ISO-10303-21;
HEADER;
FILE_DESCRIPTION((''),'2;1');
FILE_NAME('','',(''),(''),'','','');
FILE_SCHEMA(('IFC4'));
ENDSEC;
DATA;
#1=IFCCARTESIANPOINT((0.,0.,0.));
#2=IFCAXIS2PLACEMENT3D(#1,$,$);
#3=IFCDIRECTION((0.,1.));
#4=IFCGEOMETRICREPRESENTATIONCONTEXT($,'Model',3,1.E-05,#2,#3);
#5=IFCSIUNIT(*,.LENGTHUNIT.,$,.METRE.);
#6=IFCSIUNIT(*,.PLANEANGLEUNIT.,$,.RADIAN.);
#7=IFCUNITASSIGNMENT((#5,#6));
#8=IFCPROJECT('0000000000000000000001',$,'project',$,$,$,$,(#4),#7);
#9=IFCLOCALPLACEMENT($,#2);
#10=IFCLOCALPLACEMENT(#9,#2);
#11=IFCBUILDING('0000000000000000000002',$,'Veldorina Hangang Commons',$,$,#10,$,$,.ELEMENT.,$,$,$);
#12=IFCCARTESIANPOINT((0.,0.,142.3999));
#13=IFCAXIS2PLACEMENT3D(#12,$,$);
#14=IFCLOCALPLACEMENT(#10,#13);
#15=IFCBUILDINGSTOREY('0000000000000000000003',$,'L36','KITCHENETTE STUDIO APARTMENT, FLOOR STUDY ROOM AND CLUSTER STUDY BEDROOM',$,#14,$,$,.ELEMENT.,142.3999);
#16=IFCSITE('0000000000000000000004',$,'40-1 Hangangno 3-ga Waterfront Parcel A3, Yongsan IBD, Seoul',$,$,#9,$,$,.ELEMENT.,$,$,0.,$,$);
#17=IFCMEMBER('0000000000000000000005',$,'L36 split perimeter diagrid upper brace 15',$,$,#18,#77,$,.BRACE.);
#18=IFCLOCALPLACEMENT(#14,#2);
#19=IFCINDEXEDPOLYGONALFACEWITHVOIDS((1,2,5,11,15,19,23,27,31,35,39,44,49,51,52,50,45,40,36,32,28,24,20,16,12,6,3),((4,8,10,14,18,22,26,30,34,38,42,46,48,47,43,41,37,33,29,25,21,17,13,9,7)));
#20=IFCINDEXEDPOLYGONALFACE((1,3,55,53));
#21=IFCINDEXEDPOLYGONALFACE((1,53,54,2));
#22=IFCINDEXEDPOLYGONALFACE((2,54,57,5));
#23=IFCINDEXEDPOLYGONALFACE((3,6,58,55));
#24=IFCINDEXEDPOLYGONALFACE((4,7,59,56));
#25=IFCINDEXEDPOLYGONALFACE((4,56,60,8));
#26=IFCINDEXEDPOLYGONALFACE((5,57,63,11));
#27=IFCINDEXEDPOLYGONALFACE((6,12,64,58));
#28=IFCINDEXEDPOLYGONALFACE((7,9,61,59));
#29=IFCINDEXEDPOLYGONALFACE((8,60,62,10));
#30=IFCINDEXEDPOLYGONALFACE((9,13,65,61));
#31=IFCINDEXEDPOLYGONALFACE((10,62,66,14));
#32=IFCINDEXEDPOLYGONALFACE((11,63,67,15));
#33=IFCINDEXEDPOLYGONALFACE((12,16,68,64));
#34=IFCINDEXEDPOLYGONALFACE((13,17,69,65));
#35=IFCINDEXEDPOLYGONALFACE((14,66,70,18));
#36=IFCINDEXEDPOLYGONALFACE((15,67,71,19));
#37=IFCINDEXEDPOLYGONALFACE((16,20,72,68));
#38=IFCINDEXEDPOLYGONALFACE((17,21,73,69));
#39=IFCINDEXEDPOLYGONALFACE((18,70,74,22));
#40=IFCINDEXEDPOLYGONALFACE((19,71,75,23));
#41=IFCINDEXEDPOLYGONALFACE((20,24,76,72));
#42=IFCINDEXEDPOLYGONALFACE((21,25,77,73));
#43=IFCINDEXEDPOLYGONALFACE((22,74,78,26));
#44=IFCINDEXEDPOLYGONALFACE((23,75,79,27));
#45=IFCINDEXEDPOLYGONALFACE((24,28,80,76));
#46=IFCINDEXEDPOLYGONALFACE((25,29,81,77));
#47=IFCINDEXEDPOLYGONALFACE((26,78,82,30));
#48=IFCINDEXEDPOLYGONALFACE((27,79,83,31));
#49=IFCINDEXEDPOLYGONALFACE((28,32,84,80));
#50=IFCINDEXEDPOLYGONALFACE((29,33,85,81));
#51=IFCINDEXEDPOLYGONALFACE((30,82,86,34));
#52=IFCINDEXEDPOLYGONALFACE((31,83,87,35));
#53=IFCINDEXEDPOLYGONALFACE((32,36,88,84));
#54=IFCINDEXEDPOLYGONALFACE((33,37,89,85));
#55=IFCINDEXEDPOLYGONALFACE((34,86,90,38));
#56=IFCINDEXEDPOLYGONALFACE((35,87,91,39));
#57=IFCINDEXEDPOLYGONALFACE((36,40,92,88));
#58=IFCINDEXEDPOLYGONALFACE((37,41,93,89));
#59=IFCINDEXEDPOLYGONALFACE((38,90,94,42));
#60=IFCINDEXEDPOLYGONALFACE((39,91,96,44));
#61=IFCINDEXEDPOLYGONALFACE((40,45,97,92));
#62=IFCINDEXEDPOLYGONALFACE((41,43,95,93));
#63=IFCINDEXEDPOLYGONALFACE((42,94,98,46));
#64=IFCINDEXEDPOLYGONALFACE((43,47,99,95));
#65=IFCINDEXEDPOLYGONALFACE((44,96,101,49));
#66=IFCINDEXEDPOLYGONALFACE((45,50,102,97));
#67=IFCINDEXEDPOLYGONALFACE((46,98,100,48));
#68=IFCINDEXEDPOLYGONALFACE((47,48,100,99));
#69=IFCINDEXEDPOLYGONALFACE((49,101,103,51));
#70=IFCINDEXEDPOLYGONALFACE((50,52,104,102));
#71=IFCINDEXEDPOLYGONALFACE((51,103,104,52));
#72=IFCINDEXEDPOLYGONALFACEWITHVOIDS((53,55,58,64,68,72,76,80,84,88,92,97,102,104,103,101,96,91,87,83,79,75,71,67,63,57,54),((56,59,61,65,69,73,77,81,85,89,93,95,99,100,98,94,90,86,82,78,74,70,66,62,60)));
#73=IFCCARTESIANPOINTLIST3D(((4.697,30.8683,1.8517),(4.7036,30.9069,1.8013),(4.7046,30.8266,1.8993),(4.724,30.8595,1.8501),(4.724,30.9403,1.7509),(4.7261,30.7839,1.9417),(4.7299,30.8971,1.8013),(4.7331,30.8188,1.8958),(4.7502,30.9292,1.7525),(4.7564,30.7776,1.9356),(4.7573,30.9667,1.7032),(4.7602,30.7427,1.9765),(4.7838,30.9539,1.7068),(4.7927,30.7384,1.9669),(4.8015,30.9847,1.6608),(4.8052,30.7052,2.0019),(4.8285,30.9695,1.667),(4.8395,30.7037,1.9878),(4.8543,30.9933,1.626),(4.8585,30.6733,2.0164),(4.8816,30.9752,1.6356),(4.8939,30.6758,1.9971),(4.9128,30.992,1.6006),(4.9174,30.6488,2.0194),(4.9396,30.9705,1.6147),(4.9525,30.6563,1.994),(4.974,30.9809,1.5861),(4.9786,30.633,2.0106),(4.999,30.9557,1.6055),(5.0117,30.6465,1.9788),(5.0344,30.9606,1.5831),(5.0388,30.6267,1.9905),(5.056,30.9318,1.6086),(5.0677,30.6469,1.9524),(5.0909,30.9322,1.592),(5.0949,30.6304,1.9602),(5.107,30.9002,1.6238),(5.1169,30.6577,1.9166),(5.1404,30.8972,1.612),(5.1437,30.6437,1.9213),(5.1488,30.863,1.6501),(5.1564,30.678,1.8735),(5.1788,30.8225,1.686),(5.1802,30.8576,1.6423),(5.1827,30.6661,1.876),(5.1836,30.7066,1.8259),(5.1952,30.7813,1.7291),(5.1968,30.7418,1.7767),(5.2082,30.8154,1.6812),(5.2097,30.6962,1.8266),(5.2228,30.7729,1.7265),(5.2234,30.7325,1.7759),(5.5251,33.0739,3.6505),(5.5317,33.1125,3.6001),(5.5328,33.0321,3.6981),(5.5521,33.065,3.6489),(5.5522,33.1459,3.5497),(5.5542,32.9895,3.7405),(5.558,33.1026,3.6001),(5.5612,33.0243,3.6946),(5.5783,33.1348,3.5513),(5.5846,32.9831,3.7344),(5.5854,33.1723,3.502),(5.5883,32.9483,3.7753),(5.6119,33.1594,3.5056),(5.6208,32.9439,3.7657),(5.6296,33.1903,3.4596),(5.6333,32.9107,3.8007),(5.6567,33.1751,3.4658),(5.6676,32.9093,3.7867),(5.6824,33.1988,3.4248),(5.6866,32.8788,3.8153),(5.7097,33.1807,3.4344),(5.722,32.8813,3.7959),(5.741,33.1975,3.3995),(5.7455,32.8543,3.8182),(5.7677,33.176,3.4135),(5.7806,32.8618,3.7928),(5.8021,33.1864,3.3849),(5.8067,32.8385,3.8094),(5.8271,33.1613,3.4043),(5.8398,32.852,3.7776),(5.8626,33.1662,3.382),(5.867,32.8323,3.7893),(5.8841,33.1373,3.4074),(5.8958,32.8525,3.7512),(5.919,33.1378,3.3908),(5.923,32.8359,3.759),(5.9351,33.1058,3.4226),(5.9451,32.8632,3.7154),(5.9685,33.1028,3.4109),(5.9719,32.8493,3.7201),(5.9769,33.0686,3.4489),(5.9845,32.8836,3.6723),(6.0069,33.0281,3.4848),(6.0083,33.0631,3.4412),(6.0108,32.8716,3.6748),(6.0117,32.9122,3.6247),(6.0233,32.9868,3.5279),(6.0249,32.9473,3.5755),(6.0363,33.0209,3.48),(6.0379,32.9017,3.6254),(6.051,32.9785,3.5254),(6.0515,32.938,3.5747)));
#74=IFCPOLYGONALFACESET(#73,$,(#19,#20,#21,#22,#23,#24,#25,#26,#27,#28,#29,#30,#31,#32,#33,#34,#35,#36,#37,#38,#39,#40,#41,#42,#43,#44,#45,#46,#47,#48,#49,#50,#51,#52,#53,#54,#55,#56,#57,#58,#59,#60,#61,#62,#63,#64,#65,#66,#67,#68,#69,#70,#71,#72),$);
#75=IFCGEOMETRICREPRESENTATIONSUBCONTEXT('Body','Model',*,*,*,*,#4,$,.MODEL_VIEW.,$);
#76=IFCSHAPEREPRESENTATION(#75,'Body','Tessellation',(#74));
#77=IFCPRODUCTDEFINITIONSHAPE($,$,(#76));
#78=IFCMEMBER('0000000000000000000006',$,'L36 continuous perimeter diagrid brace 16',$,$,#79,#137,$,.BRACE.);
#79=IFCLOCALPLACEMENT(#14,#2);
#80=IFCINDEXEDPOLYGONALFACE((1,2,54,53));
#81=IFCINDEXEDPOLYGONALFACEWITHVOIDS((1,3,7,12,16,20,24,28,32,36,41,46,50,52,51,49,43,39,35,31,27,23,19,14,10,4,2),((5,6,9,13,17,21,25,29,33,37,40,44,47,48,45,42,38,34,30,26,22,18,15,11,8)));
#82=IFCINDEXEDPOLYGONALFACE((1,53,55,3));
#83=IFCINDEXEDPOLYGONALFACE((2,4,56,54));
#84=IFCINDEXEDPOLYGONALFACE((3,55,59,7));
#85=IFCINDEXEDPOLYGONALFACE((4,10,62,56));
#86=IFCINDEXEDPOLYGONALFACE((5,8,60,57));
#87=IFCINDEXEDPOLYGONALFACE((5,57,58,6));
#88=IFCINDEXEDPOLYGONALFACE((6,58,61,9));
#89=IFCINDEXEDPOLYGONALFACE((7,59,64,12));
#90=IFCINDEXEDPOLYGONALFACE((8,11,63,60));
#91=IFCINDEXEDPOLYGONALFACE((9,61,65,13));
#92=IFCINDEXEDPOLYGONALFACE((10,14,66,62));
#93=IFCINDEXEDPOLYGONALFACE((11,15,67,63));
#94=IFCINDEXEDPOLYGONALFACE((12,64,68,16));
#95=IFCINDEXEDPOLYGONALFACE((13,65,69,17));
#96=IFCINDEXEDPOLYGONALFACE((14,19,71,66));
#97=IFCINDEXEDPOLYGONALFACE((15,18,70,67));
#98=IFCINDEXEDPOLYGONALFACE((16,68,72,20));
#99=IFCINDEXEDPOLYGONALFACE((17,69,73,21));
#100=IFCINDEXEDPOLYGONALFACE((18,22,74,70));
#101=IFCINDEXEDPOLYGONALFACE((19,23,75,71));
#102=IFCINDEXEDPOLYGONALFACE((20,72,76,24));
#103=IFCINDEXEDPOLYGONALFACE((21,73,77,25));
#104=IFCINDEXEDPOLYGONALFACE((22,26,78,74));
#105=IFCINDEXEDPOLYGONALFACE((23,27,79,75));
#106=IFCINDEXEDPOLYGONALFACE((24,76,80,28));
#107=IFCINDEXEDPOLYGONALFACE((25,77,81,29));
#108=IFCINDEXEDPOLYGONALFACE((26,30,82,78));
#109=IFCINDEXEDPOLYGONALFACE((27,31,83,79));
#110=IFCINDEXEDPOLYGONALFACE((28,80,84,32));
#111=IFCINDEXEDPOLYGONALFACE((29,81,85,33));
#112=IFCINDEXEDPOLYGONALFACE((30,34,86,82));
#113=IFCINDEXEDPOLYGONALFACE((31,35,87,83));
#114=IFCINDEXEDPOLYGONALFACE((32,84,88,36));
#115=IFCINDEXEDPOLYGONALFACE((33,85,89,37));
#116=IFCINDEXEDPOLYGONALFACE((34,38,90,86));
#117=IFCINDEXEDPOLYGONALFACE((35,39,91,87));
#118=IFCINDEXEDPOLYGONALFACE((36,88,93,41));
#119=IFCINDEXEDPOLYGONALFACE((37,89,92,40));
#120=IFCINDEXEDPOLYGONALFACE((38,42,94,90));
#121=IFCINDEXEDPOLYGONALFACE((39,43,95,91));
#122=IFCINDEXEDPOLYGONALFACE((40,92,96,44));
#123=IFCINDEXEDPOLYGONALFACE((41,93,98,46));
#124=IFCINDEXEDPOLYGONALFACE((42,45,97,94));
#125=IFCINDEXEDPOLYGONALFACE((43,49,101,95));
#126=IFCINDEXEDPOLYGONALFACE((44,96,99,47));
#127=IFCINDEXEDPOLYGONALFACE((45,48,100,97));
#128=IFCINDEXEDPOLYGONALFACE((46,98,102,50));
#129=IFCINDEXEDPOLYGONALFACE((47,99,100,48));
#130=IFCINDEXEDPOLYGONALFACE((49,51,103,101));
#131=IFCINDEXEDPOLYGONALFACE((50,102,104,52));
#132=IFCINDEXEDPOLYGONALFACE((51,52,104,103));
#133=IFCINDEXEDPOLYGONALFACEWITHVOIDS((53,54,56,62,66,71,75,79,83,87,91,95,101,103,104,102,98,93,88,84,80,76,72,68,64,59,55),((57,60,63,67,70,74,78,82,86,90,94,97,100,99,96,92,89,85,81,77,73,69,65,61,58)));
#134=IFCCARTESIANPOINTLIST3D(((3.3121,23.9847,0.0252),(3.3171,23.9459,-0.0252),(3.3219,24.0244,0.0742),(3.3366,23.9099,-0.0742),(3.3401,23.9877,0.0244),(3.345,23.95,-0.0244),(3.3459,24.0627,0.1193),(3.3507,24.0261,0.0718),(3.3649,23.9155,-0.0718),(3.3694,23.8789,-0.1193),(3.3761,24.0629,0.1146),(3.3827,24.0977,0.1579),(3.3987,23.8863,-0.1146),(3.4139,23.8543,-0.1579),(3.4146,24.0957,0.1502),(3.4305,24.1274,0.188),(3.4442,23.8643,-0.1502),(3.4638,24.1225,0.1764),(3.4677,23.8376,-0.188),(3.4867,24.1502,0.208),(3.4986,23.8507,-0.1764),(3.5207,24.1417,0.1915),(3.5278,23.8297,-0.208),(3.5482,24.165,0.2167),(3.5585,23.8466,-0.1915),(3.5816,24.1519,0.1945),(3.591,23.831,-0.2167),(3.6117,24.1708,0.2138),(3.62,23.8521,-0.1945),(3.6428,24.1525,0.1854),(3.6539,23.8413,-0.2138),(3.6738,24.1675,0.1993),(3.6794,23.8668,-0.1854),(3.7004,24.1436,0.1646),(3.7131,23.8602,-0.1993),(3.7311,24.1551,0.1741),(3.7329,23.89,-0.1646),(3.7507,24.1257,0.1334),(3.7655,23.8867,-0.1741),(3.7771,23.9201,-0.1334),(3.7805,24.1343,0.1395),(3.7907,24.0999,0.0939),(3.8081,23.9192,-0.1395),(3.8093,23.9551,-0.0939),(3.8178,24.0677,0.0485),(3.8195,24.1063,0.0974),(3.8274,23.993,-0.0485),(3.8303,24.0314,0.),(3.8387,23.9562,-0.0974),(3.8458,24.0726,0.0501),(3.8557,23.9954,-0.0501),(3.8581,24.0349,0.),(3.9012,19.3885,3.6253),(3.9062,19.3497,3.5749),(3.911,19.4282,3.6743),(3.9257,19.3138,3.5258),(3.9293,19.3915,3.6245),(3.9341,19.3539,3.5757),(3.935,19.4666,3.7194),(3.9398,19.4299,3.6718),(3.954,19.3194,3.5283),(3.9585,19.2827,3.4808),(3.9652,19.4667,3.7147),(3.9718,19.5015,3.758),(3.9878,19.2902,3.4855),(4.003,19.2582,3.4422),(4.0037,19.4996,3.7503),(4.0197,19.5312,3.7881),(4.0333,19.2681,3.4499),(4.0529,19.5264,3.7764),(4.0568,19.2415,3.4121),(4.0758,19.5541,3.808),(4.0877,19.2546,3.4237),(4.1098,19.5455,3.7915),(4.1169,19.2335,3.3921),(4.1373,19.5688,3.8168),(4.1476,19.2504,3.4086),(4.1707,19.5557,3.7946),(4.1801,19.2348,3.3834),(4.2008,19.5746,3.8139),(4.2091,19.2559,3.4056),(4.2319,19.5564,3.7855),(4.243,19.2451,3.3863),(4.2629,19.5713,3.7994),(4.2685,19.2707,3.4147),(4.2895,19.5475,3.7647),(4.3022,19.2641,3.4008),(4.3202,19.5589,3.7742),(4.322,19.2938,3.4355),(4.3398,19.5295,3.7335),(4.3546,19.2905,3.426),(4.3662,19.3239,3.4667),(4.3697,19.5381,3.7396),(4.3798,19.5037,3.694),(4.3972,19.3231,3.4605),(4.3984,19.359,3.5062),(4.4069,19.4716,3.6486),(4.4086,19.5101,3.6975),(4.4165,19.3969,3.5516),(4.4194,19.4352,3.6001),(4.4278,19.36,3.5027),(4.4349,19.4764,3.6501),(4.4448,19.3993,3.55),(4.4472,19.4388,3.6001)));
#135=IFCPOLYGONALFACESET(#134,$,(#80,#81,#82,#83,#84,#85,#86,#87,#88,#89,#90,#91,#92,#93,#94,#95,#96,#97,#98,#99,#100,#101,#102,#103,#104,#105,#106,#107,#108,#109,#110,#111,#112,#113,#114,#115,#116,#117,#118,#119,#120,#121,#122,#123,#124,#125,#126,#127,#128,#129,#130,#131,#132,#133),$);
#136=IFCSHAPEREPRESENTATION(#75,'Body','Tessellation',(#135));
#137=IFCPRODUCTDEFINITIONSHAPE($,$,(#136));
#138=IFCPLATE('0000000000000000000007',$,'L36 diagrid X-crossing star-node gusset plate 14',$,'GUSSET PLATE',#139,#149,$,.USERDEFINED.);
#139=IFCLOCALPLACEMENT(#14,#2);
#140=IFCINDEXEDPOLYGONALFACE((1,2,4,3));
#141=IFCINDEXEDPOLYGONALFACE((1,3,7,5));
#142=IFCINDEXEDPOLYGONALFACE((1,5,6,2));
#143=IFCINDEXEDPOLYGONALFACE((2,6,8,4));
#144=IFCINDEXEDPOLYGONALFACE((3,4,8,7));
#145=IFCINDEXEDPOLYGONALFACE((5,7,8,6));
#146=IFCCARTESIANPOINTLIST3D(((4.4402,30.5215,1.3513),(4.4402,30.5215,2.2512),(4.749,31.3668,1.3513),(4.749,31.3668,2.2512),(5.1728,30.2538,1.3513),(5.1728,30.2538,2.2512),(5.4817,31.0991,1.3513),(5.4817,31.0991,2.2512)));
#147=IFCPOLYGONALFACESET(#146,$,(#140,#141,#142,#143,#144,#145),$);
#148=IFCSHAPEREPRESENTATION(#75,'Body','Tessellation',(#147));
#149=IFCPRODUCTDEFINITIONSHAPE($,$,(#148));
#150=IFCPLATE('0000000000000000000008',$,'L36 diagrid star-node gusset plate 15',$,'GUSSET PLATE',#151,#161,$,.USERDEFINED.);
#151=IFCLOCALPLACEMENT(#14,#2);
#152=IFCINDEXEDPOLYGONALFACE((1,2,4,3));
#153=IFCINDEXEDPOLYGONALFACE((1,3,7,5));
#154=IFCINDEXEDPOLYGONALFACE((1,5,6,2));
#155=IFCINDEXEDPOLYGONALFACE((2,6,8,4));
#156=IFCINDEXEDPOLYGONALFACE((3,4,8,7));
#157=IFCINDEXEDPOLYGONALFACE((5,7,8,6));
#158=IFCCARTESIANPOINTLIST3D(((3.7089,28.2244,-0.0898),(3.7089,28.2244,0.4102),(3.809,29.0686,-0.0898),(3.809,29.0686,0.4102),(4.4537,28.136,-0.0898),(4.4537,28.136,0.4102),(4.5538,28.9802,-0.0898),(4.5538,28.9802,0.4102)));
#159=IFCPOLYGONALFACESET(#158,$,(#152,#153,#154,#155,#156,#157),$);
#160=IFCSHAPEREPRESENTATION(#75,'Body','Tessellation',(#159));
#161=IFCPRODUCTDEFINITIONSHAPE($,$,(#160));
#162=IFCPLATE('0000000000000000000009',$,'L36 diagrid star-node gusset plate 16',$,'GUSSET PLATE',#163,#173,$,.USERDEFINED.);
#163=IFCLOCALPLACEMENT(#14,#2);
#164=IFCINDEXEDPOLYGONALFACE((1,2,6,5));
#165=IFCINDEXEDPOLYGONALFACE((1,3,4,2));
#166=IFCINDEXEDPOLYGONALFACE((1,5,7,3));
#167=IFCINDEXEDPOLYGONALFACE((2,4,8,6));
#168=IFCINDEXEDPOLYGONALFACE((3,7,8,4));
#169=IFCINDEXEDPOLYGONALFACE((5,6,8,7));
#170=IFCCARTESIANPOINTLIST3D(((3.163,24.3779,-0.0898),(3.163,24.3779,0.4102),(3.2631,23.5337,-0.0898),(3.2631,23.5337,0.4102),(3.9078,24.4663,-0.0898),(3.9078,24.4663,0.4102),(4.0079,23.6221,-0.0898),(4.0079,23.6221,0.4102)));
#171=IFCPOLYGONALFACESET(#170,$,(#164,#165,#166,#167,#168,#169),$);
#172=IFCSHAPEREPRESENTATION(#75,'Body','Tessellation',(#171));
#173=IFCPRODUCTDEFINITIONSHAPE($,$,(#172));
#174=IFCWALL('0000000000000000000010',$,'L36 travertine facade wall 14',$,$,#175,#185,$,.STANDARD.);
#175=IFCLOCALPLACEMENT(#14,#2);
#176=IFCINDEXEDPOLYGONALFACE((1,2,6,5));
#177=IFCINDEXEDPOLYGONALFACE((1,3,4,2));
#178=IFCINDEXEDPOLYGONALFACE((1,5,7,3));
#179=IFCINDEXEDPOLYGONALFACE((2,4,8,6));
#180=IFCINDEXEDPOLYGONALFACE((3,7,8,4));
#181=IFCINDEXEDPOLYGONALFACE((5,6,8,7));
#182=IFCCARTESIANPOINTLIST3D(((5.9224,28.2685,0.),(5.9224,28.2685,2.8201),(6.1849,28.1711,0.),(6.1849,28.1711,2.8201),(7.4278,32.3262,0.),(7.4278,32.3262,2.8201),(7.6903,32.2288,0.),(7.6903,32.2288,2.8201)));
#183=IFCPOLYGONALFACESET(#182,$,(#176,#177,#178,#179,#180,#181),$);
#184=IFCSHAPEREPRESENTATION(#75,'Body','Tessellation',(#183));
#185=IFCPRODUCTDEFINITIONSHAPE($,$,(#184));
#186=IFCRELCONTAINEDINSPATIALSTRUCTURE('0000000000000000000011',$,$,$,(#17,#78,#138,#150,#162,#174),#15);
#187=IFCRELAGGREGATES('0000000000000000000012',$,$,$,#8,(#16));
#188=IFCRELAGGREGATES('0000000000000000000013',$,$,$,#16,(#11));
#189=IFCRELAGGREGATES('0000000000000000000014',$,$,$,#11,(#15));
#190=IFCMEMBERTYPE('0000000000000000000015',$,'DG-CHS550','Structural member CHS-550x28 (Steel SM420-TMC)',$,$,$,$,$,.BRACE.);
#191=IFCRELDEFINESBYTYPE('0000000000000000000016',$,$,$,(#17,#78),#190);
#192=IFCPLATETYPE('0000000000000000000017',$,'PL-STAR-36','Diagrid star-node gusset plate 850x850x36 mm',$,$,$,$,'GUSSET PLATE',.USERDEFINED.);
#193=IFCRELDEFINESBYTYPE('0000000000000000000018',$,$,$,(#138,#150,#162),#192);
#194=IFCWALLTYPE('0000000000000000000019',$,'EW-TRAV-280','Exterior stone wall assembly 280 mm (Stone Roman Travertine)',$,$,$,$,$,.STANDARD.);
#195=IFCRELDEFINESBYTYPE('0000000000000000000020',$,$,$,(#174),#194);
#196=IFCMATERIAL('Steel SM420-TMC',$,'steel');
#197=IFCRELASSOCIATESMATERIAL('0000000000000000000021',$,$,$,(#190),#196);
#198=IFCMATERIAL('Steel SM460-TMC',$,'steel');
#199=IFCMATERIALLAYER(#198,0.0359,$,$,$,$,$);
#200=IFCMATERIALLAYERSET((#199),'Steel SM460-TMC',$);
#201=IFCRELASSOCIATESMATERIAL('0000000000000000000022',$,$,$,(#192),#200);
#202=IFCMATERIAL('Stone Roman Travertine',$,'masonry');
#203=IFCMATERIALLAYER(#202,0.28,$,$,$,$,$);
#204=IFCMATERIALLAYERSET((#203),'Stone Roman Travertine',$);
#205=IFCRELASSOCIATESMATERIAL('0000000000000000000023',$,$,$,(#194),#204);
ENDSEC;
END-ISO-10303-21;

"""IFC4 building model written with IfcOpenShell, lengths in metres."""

from ifc_helpers import new_model, si_unit, direction, frame, frame_2d, origin, origin_2d, place, context, subcontext, project, spatial, rectangle, hollow_circle, extrude, material, layer, layer_set, material_profile, profile_set, type_object, element, save


model = new_model("IFC4")

# Units and contexts
model_context = context("Model", 3, precision=1e-05, world=origin(), true_north=direction((0.0, 1.0)))
body_context = subcontext(model_context, "Body", "Model", "MODEL_VIEW")
ifc_project = project(units=[si_unit("LENGTHUNIT", "METRE"), si_unit("PLANEANGLEUNIT", "RADIAN")], contexts=[model_context])

# Site, building, storey
site_placement = place(None, origin())
site = spatial("IfcSite", under=ifc_project, at=site_placement, Name="40-1 Hangangno 3-ga Waterfront Parcel A3, Yongsan IBD, Seoul", CompositionType="ELEMENT", RefElevation=0.0)
building_placement = place(site_placement, origin())
building = spatial("IfcBuilding", under=site, at=building_placement, Name="Veldorina Hangang Commons", CompositionType="ELEMENT")
storey_placement = place(building_placement, frame((0.0, 0.0, 142.3999)))
storey = spatial("IfcBuildingStorey", under=building, at=storey_placement, Name="L36", Description="KITCHENETTE STUDIO APARTMENT, FLOOR STUDY ROOM AND CLUSTER STUDY BEDROOM", CompositionType="ELEMENT", Elevation=142.3999)

# Shared definitions
ifc_material_1 = material(Name="Steel SM420-TMC", Category="steel")

# Members
ifc_material_profile_1 = material_profile(ifc_material_1, hollow_circle(Radius=0.2749, WallThickness=0.0281, at=origin_2d()), Name="CHS-550x28")
ifc_profile_set_1 = profile_set([ifc_material_profile_1], Name="Steel SM420-TMC")
member_type = type_object("IfcMemberType", Name="DG-CHS550", Description="Structural member CHS-550x28 (Steel SM420-TMC)", PredefinedType="BRACE", material=ifc_profile_set_1)
member_1_placement = place(storey_placement, frame((4.9609, 30.8103, 1.8013), z_axis=(0.279382, 0.744084, 0.606864), x_axis=(-0.936184, 0.35151, 0.0)))
element("IfcMember", 1, at=member_1_placement, inside=storey, type_object=member_type, Name="L36 split perimeter diagrid upper brace 15", PredefinedType="BRACE", context=body_context, shape_type="SweptSolid", body=[
    extrude(hollow_circle(Radius=0.2749, WallThickness=0.0281, at=origin_2d()), origin(), (0.0, 0.0, 1.0), 2.9641),
])
member_2_placement = place(storey_placement, frame((3.5854, 24.0, 0.0), z_axis=(0.100395, -0.783272, 0.61352), x_axis=(0.991886, 0.127134, 0.0)))
element("IfcMember", 2, at=member_2_placement, inside=storey, type_object=member_type, Name="L36 continuous perimeter diagrid brace 16", PredefinedType="BRACE", context=body_context, shape_type="SweptSolid", body=[
    extrude(hollow_circle(Radius=0.2749, WallThickness=0.0281, at=origin_2d()), origin(), (0.0, 0.0, 1.0), 5.8679),
])

# Plates
ifc_material_2 = material(Name="Steel SM460-TMC", Category="steel")
ifc_layer_1 = layer(ifc_material_2, 0.0359)
ifc_layer_set_1 = layer_set([ifc_layer_1], Name="Steel SM460-TMC")
plate_type = type_object("IfcPlateType", Name="PL-STAR-36", Description="Diagrid star-node gusset plate 850x850x36 mm", ElementType="GUSSET PLATE", PredefinedType="USERDEFINED", material=ifc_layer_set_1)
plate_placement = place(storey_placement, frame((4.9609, 30.8103, 1.3513), z_axis=(0.0, 0.0, 1.0), x_axis=(-0.343184, -0.939268, 0.0)))
element("IfcPlate", 3, at=plate_placement, inside=storey, type_object=plate_type, Name="L36 diagrid X-crossing star-node gusset plate 14", ObjectType="GUSSET PLATE", PredefinedType="USERDEFINED", context=body_context, shape_type="SweptSolid", body=[
    extrude(rectangle(XDim=0.8999, YDim=0.78, at=origin_2d()), origin(), (0.0, 0.0, 1.0), 0.8999),
])
for number, where, z_axis, x_axis, name in (
    (4, (4.1313, 28.6023, -0.0898), (0.0, 0.0, 1.0), (-0.117815, -0.993036, 0.0), "L36 diagrid star-node gusset plate 15"),
    (5, (3.5854, 24.0, -0.0898), (0.0, 0.0, 1.0), (0.117815, -0.993036, 0.0), "L36 diagrid star-node gusset plate 16"),
):
    element("IfcPlate", number, at=place(storey_placement, frame(where, z_axis=z_axis, x_axis=x_axis)), inside=storey, type_object=plate_type, Name=name, ObjectType="GUSSET PLATE", PredefinedType="USERDEFINED", context=body_context, shape_type="SweptSolid", body=[
        extrude(rectangle(XDim=0.8501, YDim=0.75, at=origin_2d()), origin(), (0.0, 0.0, 1.0), 0.5),
    ])

# Wall
ifc_material_3 = material(Name="Stone Roman Travertine", Category="masonry")
ifc_layer_2 = layer(ifc_material_3, 0.28)
ifc_layer_set_2 = layer_set([ifc_layer_2], Name="Stone Roman Travertine")
wall_type_1 = type_object("IfcWallType", Name="EW-TRAV-280", Description="Exterior stone wall assembly 280 mm (Stone Roman Travertine)", PredefinedType="STANDARD", material=ifc_layer_set_2)
wall_1_placement = place(storey_placement, frame((7.5591, 32.2776, 0.0), z_axis=(0.0, 0.0, 1.0), x_axis=(-0.347832, -0.937557, 0.0)))
element("IfcWall", 6, at=wall_1_placement, inside=storey, type_object=wall_type_1, Name="L36 travertine facade wall 14", PredefinedType="STANDARD", context=body_context, shape_type="SweptSolid", body=[
    extrude(rectangle(XDim=4.3279, YDim=0.28, at=frame_2d((2.1641, 0.0))), origin(), (0.0, 0.0, 1.0), 2.8201),
])

save(model, "model.ifc")
